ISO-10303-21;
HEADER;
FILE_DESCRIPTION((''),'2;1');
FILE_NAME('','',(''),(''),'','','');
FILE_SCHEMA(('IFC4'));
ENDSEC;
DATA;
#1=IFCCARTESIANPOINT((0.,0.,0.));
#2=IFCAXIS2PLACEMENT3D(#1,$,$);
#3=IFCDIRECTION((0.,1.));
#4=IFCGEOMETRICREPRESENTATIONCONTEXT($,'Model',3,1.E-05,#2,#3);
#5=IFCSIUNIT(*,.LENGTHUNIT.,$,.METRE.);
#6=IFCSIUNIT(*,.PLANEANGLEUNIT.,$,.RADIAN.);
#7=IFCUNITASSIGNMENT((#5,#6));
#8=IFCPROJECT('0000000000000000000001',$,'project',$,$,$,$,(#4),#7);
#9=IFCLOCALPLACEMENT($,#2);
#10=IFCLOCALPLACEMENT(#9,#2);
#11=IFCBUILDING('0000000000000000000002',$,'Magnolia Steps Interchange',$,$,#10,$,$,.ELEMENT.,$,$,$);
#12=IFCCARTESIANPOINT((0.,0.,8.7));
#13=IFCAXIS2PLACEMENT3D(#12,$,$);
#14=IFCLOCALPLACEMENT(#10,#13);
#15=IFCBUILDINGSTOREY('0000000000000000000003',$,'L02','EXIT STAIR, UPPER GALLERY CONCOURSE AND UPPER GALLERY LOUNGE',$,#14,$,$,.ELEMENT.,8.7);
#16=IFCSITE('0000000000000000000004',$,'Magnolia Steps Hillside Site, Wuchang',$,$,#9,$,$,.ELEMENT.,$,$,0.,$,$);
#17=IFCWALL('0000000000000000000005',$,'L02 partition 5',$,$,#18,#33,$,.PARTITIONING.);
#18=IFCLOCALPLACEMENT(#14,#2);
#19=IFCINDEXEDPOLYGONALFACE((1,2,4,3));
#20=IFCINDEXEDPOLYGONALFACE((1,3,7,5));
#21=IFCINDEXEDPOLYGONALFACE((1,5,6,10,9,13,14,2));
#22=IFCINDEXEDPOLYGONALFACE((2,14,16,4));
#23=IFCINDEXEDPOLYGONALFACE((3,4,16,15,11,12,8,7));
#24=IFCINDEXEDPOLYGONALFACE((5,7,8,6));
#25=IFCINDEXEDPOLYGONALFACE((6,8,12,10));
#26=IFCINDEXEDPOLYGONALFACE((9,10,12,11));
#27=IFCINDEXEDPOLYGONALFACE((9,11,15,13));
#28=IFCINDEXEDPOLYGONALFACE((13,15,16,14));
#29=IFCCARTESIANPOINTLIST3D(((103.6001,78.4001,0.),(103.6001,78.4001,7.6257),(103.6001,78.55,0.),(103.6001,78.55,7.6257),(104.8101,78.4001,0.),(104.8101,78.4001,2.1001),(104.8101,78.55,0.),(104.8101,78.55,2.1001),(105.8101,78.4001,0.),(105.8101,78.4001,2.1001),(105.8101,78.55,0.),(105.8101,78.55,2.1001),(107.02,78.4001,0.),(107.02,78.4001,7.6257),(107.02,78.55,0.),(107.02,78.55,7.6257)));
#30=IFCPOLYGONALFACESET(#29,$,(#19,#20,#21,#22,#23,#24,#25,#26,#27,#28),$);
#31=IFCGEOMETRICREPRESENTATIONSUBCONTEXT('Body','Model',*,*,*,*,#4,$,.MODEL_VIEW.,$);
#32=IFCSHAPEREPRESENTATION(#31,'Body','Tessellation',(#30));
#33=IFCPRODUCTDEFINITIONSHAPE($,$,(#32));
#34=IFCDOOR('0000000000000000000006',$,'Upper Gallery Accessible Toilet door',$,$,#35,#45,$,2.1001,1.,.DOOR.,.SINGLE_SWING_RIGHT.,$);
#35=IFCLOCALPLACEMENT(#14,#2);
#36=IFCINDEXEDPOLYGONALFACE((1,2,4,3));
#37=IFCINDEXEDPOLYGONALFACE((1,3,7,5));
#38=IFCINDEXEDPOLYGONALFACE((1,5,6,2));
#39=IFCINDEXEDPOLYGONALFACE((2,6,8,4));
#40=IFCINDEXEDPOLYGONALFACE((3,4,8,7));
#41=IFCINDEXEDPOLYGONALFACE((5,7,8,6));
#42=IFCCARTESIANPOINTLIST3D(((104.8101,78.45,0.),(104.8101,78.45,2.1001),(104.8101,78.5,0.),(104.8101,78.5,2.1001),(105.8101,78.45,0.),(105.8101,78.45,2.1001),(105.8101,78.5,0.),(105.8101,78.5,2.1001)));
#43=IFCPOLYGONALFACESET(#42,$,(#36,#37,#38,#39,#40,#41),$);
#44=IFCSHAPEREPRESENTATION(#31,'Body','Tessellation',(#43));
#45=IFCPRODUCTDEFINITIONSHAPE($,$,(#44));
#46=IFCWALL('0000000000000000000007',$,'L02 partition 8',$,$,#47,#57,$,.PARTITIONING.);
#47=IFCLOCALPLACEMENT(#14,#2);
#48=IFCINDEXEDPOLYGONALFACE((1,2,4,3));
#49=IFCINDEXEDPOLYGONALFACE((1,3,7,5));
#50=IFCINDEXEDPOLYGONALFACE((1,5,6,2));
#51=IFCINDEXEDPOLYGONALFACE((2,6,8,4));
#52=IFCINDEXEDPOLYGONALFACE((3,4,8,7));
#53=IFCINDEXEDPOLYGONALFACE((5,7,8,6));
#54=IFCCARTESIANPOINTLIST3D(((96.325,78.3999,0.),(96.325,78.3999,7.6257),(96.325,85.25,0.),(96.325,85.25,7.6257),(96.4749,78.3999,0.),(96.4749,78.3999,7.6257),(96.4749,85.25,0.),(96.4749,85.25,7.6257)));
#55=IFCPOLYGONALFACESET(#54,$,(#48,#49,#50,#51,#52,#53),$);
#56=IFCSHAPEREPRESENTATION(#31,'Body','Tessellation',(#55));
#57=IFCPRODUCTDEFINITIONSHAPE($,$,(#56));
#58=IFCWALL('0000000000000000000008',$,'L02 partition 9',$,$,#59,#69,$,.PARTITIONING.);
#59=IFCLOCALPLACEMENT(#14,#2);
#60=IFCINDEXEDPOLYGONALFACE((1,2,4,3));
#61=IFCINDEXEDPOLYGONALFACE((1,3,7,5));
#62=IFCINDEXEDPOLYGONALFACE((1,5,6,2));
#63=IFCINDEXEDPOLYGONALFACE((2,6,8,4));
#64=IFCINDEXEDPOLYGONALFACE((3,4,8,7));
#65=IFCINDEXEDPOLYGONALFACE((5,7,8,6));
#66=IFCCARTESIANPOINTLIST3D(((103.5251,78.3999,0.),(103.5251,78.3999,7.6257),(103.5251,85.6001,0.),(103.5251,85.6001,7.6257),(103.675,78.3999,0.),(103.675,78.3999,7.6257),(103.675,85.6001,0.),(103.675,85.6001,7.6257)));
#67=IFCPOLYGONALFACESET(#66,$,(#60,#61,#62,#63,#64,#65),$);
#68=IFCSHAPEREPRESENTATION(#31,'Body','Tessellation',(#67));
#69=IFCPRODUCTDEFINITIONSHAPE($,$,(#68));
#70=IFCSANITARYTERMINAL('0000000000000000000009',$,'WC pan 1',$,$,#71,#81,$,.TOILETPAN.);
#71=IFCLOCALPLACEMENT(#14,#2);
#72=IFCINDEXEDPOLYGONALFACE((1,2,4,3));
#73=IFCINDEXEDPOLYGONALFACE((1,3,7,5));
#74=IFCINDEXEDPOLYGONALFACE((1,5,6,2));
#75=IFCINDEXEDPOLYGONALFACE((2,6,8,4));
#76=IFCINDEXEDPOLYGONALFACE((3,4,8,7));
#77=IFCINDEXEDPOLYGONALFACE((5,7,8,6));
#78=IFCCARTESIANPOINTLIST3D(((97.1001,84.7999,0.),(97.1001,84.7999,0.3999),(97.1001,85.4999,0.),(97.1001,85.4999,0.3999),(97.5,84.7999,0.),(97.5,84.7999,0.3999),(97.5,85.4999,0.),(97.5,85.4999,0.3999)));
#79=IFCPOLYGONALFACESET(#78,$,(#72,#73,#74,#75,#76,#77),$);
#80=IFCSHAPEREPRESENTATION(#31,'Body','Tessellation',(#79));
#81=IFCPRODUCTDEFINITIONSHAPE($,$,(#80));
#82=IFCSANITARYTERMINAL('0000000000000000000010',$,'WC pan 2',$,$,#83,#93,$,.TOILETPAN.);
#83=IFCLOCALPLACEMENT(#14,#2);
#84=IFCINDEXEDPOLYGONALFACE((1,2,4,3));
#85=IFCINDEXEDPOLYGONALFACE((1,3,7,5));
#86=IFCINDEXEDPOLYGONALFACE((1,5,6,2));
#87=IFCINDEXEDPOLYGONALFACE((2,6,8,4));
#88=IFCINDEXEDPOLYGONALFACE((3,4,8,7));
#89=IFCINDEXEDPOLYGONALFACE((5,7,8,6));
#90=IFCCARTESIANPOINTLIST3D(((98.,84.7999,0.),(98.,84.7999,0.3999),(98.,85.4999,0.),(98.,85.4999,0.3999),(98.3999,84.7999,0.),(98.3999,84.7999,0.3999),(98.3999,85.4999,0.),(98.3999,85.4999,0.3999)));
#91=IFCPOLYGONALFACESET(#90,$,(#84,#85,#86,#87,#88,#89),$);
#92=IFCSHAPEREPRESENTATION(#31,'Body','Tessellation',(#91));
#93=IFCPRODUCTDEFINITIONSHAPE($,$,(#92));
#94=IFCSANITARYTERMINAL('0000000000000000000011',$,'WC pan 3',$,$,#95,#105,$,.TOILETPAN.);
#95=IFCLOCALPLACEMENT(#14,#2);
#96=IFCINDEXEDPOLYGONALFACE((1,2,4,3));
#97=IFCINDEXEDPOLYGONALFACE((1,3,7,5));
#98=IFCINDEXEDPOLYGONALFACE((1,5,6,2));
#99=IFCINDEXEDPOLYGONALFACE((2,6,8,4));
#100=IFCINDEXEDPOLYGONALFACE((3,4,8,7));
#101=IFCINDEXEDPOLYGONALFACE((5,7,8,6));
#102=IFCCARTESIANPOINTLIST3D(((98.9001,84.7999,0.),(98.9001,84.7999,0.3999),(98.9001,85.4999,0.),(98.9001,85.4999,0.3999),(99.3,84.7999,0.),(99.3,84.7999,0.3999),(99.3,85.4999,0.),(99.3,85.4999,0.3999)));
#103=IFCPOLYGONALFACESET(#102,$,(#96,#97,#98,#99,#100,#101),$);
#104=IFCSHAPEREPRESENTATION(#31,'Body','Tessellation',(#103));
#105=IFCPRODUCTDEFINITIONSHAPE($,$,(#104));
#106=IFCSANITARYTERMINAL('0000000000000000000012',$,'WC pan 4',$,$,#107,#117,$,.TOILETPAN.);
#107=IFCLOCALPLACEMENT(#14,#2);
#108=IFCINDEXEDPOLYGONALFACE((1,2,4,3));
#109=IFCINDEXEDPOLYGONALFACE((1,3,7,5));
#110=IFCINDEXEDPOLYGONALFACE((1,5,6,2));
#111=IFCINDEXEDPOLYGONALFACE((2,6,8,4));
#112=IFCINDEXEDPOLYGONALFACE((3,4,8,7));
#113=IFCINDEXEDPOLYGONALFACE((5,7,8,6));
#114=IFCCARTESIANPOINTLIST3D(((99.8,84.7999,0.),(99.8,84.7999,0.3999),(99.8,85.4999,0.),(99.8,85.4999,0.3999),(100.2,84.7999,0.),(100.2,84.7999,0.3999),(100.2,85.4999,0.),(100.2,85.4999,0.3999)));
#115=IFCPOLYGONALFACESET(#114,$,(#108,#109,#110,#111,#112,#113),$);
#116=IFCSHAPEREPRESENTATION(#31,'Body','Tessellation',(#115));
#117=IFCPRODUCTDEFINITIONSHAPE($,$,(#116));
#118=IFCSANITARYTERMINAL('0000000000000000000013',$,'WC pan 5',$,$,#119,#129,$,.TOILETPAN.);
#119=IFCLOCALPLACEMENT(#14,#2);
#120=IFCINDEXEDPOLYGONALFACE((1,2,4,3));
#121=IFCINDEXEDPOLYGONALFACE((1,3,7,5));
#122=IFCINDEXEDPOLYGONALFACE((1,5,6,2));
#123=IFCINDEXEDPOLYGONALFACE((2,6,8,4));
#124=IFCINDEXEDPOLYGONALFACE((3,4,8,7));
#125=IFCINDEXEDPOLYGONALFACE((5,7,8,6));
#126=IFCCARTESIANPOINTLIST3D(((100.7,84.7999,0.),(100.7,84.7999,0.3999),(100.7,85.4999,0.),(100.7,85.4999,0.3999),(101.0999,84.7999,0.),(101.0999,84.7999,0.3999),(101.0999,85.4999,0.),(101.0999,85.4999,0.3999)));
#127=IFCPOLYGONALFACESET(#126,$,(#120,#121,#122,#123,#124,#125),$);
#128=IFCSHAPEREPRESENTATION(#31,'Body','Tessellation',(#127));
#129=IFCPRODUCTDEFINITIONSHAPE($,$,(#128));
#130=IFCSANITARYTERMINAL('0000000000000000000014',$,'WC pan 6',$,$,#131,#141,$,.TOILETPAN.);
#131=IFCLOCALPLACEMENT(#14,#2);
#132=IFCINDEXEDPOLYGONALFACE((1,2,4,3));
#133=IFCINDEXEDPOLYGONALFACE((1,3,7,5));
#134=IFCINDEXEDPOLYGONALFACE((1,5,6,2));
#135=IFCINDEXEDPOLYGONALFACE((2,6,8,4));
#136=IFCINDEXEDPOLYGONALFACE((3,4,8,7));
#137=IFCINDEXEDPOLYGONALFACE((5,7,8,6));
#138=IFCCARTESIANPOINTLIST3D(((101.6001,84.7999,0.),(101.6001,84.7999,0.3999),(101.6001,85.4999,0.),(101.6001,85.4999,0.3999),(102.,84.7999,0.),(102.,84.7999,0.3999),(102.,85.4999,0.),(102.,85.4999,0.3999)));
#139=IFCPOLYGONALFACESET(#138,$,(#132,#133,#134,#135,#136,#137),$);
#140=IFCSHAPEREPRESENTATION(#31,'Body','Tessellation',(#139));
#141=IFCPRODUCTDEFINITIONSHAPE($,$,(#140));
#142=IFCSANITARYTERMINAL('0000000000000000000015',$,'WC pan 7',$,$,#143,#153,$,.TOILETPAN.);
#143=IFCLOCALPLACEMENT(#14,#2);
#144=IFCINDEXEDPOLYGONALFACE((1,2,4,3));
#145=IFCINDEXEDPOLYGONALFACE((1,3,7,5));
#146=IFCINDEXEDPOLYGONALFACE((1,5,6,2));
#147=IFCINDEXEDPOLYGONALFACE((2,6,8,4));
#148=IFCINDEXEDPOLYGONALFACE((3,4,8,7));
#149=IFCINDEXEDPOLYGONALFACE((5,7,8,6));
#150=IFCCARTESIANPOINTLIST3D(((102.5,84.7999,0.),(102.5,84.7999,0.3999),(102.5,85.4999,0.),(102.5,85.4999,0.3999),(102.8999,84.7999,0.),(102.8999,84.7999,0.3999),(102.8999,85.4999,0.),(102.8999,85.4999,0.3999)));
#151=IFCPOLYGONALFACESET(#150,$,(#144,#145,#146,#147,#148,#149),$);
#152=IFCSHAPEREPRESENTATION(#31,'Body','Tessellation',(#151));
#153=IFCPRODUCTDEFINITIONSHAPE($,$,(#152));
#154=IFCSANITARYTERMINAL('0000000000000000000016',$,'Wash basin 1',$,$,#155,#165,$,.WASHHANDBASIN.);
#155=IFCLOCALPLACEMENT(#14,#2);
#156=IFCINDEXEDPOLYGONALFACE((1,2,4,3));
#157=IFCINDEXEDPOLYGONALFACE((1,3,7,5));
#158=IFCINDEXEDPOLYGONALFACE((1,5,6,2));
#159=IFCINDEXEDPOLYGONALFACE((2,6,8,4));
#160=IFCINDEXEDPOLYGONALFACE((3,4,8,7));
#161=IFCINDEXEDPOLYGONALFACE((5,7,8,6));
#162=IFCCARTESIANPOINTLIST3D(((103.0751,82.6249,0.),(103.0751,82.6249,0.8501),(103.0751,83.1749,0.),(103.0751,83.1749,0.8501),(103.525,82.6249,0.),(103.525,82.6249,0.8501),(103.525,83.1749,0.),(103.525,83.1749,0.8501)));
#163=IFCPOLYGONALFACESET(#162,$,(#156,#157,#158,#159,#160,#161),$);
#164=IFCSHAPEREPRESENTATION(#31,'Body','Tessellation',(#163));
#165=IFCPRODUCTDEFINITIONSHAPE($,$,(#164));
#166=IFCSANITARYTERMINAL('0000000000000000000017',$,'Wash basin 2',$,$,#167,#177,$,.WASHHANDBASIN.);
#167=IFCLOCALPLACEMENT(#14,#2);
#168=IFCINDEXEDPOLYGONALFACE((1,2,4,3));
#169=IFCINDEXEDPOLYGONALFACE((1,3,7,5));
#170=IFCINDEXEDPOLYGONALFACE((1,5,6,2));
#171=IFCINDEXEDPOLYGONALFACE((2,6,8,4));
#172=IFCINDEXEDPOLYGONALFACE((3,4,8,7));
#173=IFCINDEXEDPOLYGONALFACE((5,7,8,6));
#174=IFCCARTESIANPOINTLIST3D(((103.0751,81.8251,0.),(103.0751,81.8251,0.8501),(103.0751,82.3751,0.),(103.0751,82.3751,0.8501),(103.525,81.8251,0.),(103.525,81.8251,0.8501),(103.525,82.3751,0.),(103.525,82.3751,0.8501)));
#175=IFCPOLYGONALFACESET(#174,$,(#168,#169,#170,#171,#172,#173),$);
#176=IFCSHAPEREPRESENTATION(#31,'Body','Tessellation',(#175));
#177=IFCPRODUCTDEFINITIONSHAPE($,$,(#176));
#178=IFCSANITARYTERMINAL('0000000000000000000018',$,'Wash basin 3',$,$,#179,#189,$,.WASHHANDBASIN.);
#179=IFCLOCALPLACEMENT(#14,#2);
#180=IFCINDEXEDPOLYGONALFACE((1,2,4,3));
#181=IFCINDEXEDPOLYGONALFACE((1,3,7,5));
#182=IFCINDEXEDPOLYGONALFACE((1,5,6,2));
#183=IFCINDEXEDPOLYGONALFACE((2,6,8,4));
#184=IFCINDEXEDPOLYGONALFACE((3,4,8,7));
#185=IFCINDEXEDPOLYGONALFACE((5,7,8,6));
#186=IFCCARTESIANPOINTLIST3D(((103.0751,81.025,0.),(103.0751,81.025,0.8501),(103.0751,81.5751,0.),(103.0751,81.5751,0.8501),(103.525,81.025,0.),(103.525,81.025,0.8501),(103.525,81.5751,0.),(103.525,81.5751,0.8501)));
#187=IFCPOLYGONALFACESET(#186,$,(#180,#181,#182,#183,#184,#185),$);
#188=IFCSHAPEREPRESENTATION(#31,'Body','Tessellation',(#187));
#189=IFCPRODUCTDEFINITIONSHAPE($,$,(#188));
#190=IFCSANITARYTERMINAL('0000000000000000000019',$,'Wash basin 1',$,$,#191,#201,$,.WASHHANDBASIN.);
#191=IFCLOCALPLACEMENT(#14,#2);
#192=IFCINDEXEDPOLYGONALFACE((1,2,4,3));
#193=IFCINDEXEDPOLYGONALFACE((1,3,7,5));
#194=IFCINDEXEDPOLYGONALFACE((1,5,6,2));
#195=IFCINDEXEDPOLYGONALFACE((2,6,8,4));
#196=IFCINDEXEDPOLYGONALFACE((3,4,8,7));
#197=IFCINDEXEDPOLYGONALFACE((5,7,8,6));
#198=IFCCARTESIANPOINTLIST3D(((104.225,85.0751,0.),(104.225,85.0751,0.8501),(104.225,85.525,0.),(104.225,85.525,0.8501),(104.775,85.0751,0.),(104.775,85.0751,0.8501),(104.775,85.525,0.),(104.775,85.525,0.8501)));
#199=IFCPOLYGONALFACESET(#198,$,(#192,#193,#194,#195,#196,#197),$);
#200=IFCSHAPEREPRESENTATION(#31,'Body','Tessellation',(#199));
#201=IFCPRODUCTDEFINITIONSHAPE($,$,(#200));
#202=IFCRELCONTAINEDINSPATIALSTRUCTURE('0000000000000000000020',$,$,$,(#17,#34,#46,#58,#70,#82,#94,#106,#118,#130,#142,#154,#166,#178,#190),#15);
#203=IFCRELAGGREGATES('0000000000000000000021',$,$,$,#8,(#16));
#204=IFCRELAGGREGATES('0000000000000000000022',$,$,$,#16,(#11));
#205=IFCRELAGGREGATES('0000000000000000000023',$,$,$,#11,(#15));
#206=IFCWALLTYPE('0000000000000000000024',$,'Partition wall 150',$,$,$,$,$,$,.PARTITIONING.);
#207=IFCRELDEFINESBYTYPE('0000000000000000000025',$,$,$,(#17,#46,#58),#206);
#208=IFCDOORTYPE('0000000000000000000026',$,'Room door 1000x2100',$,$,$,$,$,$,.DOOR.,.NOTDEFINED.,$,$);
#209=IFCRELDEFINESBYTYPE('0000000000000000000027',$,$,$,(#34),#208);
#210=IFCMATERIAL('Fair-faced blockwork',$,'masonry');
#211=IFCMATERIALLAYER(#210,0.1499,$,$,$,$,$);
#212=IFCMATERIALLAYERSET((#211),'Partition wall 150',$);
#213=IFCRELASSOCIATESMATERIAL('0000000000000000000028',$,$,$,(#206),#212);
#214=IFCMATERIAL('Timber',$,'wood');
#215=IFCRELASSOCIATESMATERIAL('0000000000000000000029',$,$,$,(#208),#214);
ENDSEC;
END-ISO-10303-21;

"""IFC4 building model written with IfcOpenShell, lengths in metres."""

from ifc_helpers import new_model, si_unit, direction, frame, frame_2d, origin, origin_2d, place, context, subcontext, project, spatial, rectangle, extrude, material, layer, layer_set, type_object, element, fill, save


model = new_model("IFC4")

# Units and contexts
model_context = context("Model", 3, precision=1e-05, world=origin(), true_north=direction((0.0, 1.0)))
body_context = subcontext(model_context, "Body", "Model", "MODEL_VIEW")
ifc_project = project(units=[si_unit("LENGTHUNIT", "METRE"), si_unit("PLANEANGLEUNIT", "RADIAN")], contexts=[model_context])

# Site, building, storey
site_placement = place(None, origin())
site = spatial("IfcSite", under=ifc_project, at=site_placement, Name="Magnolia Steps Hillside Site, Wuchang", CompositionType="ELEMENT", RefElevation=0.0)
building_placement = place(site_placement, origin())
building = spatial("IfcBuilding", under=site, at=building_placement, Name="Magnolia Steps Interchange", CompositionType="ELEMENT")
storey_placement = place(building_placement, frame((0.0, 0.0, 8.7)))
storey = spatial("IfcBuildingStorey", under=building, at=storey_placement, Name="L02", Description="EXIT STAIR, UPPER GALLERY CONCOURSE AND UPPER GALLERY LOUNGE", CompositionType="ELEMENT", Elevation=8.7)

# Wall, opening, door
ifc_material_1 = material(Name="Fair-faced blockwork", Category="masonry")
ifc_layer = layer(ifc_material_1, 0.1499)
ifc_layer_set = layer_set([ifc_layer], Name="Partition wall 150")
wall_type = type_object("IfcWallType", Name="Partition wall 150", PredefinedType="PARTITIONING", material=ifc_layer_set)
ifc_material_2 = material(Name="Timber", Category="wood")
door_type = type_object("IfcDoorType", Name="Room door 1000x2100", OperationType="NOTDEFINED", PredefinedType="DOOR", material=ifc_material_2)
wall_1_placement = place(storey_placement, frame((103.6001, 78.4751, 0.0), z_axis=(0.0, 0.0, 1.0), x_axis=(1.0, 0.0, 0.0)))
wall_1 = element("IfcWall", 1, at=wall_1_placement, inside=storey, type_object=wall_type, Name="L02 partition 5", PredefinedType="PARTITIONING", context=body_context, shape_type="SweptSolid", body=[
    extrude(rectangle(XDim=3.4199, YDim=0.1499, at=frame_2d((1.71, 0.0))), origin(), (0.0, 0.0, 1.0), 7.6257),
])
opening_1_placement = place(wall_1_placement, frame((1.21, 0.0, 0.0)))
opening_1 = element("IfcOpeningElement", 2, at=opening_1_placement, cuts=wall_1, PredefinedType="OPENING", context=body_context, shape_type="SweptSolid", body=[
    extrude(rectangle(XDim=1.0, YDim=2.1001, at=frame_2d((0.5, 1.05))), frame((0.0, 0.085, 0.0), z_axis=(0.0, -1.0, 0.0), x_axis=(1.0, 0.0, 0.0)), (0.0, 0.0, 1.0), 0.1699),
])
door_1_placement = place(opening_1_placement, origin())
door_1 = element("IfcDoor", 3, at=door_1_placement, inside=storey, type_object=door_type, Name="Upper Gallery Accessible Toilet door", OperationType="SINGLE_SWING_RIGHT", OverallHeight=2.1001, OverallWidth=1.0, PredefinedType="DOOR", context=body_context, shape_type="SweptSolid", body=[
    extrude(rectangle(XDim=1.0, YDim=2.1001, at=frame_2d((0.5, 1.05))), frame((0.0, 0.0249, 0.0), z_axis=(0.0, -1.0, 0.0), x_axis=(1.0, 0.0, 0.0)), (0.0, 0.0, 1.0), 0.05),
])
fill(opening_1, door_1)

# Walls
wall_2_placement = place(storey_placement, frame((96.3999, 78.3999, 0.0), z_axis=(0.0, 0.0, 1.0), x_axis=(0.0, 1.0, 0.0)))
element("IfcWall", 4, at=wall_2_placement, inside=storey, type_object=wall_type, Name="L02 partition 8", PredefinedType="PARTITIONING", context=body_context, shape_type="SweptSolid", body=[
    extrude(rectangle(XDim=6.8501, YDim=0.1499, at=frame_2d((3.425, 0.0))), origin(), (0.0, 0.0, 1.0), 7.6257),
])
wall_3_placement = place(storey_placement, frame((103.6001, 78.3999, 0.0), z_axis=(0.0, 0.0, 1.0), x_axis=(0.0, 1.0, 0.0)))
element("IfcWall", 5, at=wall_3_placement, inside=storey, type_object=wall_type, Name="L02 partition 9", PredefinedType="PARTITIONING", context=body_context, shape_type="SweptSolid", body=[
    extrude(rectangle(XDim=7.2002, YDim=0.1499, at=frame_2d((3.6001, 0.0))), origin(), (0.0, 0.0, 1.0), 7.6257),
])

# Sanitary terminals
for number, where, z_axis, x_axis, name in (
    (6, (97.3, 85.1499, 0.0), (0.0, 0.0, 1.0), (1.0, 0.0, 0.0), "WC pan 1"),
    (7, (98.2, 85.1499, 0.0), (0.0, 0.0, 1.0), (1.0, 0.0, 0.0), "WC pan 2"),
    (8, (99.1001, 85.1499, 0.0), (0.0, 0.0, 1.0), (1.0, 0.0, 0.0), "WC pan 3"),
    (9, (100.0, 85.1499, 0.0), (0.0, 0.0, 1.0), (1.0, 0.0, 0.0), "WC pan 4"),
    (10, (100.8999, 85.1499, 0.0), (0.0, 0.0, 1.0), (1.0, 0.0, 0.0), "WC pan 5"),
    (11, (101.8, 85.1499, 0.0), (0.0, 0.0, 1.0), (1.0, 0.0, 0.0), "WC pan 6"),
    (12, (102.7, 85.1499, 0.0), (0.0, 0.0, 1.0), (1.0, 0.0, 0.0), "WC pan 7"),
):
    element("IfcSanitaryTerminal", number, at=place(storey_placement, frame(where, z_axis=z_axis, x_axis=x_axis)), inside=storey, Name=name, PredefinedType="TOILETPAN", context=body_context, shape_type="SweptSolid", body=[
        extrude(rectangle(XDim=0.3999, YDim=0.7, at=origin_2d()), origin(), (0.0, 0.0, 1.0), 0.3999),
    ])
for number, where, z_axis, x_axis, name in (
    (13, (103.3, 82.8999, 0.0), (0.0, 0.0, 1.0), (1.0, 0.0, 0.0), "Wash basin 1"),
    (14, (103.3, 82.1001, 0.0), (0.0, 0.0, 1.0), (1.0, 0.0, 0.0), "Wash basin 2"),
    (15, (103.3, 81.3, 0.0), (0.0, 0.0, 1.0), (1.0, 0.0, 0.0), "Wash basin 3"),
):
    element("IfcSanitaryTerminal", number, at=place(storey_placement, frame(where, z_axis=z_axis, x_axis=x_axis)), inside=storey, Name=name, PredefinedType="WASHHANDBASIN", context=body_context, shape_type="SweptSolid", body=[
        extrude(rectangle(XDim=0.45, YDim=0.55, at=origin_2d()), origin(), (0.0, 0.0, 1.0), 0.8501),
    ])
sanitary_terminal_placement = place(storey_placement, frame((104.5, 85.3, 0.0), z_axis=(0.0, 0.0, 1.0), x_axis=(1.0, 0.0, 0.0)))
element("IfcSanitaryTerminal", 16, at=sanitary_terminal_placement, inside=storey, Name="Wash basin 1", PredefinedType="WASHHANDBASIN", context=body_context, shape_type="SweptSolid", body=[
    extrude(rectangle(XDim=0.55, YDim=0.45, at=origin_2d()), origin(), (0.0, 0.0, 1.0), 0.8501),
])

save(model, "model.ifc")
